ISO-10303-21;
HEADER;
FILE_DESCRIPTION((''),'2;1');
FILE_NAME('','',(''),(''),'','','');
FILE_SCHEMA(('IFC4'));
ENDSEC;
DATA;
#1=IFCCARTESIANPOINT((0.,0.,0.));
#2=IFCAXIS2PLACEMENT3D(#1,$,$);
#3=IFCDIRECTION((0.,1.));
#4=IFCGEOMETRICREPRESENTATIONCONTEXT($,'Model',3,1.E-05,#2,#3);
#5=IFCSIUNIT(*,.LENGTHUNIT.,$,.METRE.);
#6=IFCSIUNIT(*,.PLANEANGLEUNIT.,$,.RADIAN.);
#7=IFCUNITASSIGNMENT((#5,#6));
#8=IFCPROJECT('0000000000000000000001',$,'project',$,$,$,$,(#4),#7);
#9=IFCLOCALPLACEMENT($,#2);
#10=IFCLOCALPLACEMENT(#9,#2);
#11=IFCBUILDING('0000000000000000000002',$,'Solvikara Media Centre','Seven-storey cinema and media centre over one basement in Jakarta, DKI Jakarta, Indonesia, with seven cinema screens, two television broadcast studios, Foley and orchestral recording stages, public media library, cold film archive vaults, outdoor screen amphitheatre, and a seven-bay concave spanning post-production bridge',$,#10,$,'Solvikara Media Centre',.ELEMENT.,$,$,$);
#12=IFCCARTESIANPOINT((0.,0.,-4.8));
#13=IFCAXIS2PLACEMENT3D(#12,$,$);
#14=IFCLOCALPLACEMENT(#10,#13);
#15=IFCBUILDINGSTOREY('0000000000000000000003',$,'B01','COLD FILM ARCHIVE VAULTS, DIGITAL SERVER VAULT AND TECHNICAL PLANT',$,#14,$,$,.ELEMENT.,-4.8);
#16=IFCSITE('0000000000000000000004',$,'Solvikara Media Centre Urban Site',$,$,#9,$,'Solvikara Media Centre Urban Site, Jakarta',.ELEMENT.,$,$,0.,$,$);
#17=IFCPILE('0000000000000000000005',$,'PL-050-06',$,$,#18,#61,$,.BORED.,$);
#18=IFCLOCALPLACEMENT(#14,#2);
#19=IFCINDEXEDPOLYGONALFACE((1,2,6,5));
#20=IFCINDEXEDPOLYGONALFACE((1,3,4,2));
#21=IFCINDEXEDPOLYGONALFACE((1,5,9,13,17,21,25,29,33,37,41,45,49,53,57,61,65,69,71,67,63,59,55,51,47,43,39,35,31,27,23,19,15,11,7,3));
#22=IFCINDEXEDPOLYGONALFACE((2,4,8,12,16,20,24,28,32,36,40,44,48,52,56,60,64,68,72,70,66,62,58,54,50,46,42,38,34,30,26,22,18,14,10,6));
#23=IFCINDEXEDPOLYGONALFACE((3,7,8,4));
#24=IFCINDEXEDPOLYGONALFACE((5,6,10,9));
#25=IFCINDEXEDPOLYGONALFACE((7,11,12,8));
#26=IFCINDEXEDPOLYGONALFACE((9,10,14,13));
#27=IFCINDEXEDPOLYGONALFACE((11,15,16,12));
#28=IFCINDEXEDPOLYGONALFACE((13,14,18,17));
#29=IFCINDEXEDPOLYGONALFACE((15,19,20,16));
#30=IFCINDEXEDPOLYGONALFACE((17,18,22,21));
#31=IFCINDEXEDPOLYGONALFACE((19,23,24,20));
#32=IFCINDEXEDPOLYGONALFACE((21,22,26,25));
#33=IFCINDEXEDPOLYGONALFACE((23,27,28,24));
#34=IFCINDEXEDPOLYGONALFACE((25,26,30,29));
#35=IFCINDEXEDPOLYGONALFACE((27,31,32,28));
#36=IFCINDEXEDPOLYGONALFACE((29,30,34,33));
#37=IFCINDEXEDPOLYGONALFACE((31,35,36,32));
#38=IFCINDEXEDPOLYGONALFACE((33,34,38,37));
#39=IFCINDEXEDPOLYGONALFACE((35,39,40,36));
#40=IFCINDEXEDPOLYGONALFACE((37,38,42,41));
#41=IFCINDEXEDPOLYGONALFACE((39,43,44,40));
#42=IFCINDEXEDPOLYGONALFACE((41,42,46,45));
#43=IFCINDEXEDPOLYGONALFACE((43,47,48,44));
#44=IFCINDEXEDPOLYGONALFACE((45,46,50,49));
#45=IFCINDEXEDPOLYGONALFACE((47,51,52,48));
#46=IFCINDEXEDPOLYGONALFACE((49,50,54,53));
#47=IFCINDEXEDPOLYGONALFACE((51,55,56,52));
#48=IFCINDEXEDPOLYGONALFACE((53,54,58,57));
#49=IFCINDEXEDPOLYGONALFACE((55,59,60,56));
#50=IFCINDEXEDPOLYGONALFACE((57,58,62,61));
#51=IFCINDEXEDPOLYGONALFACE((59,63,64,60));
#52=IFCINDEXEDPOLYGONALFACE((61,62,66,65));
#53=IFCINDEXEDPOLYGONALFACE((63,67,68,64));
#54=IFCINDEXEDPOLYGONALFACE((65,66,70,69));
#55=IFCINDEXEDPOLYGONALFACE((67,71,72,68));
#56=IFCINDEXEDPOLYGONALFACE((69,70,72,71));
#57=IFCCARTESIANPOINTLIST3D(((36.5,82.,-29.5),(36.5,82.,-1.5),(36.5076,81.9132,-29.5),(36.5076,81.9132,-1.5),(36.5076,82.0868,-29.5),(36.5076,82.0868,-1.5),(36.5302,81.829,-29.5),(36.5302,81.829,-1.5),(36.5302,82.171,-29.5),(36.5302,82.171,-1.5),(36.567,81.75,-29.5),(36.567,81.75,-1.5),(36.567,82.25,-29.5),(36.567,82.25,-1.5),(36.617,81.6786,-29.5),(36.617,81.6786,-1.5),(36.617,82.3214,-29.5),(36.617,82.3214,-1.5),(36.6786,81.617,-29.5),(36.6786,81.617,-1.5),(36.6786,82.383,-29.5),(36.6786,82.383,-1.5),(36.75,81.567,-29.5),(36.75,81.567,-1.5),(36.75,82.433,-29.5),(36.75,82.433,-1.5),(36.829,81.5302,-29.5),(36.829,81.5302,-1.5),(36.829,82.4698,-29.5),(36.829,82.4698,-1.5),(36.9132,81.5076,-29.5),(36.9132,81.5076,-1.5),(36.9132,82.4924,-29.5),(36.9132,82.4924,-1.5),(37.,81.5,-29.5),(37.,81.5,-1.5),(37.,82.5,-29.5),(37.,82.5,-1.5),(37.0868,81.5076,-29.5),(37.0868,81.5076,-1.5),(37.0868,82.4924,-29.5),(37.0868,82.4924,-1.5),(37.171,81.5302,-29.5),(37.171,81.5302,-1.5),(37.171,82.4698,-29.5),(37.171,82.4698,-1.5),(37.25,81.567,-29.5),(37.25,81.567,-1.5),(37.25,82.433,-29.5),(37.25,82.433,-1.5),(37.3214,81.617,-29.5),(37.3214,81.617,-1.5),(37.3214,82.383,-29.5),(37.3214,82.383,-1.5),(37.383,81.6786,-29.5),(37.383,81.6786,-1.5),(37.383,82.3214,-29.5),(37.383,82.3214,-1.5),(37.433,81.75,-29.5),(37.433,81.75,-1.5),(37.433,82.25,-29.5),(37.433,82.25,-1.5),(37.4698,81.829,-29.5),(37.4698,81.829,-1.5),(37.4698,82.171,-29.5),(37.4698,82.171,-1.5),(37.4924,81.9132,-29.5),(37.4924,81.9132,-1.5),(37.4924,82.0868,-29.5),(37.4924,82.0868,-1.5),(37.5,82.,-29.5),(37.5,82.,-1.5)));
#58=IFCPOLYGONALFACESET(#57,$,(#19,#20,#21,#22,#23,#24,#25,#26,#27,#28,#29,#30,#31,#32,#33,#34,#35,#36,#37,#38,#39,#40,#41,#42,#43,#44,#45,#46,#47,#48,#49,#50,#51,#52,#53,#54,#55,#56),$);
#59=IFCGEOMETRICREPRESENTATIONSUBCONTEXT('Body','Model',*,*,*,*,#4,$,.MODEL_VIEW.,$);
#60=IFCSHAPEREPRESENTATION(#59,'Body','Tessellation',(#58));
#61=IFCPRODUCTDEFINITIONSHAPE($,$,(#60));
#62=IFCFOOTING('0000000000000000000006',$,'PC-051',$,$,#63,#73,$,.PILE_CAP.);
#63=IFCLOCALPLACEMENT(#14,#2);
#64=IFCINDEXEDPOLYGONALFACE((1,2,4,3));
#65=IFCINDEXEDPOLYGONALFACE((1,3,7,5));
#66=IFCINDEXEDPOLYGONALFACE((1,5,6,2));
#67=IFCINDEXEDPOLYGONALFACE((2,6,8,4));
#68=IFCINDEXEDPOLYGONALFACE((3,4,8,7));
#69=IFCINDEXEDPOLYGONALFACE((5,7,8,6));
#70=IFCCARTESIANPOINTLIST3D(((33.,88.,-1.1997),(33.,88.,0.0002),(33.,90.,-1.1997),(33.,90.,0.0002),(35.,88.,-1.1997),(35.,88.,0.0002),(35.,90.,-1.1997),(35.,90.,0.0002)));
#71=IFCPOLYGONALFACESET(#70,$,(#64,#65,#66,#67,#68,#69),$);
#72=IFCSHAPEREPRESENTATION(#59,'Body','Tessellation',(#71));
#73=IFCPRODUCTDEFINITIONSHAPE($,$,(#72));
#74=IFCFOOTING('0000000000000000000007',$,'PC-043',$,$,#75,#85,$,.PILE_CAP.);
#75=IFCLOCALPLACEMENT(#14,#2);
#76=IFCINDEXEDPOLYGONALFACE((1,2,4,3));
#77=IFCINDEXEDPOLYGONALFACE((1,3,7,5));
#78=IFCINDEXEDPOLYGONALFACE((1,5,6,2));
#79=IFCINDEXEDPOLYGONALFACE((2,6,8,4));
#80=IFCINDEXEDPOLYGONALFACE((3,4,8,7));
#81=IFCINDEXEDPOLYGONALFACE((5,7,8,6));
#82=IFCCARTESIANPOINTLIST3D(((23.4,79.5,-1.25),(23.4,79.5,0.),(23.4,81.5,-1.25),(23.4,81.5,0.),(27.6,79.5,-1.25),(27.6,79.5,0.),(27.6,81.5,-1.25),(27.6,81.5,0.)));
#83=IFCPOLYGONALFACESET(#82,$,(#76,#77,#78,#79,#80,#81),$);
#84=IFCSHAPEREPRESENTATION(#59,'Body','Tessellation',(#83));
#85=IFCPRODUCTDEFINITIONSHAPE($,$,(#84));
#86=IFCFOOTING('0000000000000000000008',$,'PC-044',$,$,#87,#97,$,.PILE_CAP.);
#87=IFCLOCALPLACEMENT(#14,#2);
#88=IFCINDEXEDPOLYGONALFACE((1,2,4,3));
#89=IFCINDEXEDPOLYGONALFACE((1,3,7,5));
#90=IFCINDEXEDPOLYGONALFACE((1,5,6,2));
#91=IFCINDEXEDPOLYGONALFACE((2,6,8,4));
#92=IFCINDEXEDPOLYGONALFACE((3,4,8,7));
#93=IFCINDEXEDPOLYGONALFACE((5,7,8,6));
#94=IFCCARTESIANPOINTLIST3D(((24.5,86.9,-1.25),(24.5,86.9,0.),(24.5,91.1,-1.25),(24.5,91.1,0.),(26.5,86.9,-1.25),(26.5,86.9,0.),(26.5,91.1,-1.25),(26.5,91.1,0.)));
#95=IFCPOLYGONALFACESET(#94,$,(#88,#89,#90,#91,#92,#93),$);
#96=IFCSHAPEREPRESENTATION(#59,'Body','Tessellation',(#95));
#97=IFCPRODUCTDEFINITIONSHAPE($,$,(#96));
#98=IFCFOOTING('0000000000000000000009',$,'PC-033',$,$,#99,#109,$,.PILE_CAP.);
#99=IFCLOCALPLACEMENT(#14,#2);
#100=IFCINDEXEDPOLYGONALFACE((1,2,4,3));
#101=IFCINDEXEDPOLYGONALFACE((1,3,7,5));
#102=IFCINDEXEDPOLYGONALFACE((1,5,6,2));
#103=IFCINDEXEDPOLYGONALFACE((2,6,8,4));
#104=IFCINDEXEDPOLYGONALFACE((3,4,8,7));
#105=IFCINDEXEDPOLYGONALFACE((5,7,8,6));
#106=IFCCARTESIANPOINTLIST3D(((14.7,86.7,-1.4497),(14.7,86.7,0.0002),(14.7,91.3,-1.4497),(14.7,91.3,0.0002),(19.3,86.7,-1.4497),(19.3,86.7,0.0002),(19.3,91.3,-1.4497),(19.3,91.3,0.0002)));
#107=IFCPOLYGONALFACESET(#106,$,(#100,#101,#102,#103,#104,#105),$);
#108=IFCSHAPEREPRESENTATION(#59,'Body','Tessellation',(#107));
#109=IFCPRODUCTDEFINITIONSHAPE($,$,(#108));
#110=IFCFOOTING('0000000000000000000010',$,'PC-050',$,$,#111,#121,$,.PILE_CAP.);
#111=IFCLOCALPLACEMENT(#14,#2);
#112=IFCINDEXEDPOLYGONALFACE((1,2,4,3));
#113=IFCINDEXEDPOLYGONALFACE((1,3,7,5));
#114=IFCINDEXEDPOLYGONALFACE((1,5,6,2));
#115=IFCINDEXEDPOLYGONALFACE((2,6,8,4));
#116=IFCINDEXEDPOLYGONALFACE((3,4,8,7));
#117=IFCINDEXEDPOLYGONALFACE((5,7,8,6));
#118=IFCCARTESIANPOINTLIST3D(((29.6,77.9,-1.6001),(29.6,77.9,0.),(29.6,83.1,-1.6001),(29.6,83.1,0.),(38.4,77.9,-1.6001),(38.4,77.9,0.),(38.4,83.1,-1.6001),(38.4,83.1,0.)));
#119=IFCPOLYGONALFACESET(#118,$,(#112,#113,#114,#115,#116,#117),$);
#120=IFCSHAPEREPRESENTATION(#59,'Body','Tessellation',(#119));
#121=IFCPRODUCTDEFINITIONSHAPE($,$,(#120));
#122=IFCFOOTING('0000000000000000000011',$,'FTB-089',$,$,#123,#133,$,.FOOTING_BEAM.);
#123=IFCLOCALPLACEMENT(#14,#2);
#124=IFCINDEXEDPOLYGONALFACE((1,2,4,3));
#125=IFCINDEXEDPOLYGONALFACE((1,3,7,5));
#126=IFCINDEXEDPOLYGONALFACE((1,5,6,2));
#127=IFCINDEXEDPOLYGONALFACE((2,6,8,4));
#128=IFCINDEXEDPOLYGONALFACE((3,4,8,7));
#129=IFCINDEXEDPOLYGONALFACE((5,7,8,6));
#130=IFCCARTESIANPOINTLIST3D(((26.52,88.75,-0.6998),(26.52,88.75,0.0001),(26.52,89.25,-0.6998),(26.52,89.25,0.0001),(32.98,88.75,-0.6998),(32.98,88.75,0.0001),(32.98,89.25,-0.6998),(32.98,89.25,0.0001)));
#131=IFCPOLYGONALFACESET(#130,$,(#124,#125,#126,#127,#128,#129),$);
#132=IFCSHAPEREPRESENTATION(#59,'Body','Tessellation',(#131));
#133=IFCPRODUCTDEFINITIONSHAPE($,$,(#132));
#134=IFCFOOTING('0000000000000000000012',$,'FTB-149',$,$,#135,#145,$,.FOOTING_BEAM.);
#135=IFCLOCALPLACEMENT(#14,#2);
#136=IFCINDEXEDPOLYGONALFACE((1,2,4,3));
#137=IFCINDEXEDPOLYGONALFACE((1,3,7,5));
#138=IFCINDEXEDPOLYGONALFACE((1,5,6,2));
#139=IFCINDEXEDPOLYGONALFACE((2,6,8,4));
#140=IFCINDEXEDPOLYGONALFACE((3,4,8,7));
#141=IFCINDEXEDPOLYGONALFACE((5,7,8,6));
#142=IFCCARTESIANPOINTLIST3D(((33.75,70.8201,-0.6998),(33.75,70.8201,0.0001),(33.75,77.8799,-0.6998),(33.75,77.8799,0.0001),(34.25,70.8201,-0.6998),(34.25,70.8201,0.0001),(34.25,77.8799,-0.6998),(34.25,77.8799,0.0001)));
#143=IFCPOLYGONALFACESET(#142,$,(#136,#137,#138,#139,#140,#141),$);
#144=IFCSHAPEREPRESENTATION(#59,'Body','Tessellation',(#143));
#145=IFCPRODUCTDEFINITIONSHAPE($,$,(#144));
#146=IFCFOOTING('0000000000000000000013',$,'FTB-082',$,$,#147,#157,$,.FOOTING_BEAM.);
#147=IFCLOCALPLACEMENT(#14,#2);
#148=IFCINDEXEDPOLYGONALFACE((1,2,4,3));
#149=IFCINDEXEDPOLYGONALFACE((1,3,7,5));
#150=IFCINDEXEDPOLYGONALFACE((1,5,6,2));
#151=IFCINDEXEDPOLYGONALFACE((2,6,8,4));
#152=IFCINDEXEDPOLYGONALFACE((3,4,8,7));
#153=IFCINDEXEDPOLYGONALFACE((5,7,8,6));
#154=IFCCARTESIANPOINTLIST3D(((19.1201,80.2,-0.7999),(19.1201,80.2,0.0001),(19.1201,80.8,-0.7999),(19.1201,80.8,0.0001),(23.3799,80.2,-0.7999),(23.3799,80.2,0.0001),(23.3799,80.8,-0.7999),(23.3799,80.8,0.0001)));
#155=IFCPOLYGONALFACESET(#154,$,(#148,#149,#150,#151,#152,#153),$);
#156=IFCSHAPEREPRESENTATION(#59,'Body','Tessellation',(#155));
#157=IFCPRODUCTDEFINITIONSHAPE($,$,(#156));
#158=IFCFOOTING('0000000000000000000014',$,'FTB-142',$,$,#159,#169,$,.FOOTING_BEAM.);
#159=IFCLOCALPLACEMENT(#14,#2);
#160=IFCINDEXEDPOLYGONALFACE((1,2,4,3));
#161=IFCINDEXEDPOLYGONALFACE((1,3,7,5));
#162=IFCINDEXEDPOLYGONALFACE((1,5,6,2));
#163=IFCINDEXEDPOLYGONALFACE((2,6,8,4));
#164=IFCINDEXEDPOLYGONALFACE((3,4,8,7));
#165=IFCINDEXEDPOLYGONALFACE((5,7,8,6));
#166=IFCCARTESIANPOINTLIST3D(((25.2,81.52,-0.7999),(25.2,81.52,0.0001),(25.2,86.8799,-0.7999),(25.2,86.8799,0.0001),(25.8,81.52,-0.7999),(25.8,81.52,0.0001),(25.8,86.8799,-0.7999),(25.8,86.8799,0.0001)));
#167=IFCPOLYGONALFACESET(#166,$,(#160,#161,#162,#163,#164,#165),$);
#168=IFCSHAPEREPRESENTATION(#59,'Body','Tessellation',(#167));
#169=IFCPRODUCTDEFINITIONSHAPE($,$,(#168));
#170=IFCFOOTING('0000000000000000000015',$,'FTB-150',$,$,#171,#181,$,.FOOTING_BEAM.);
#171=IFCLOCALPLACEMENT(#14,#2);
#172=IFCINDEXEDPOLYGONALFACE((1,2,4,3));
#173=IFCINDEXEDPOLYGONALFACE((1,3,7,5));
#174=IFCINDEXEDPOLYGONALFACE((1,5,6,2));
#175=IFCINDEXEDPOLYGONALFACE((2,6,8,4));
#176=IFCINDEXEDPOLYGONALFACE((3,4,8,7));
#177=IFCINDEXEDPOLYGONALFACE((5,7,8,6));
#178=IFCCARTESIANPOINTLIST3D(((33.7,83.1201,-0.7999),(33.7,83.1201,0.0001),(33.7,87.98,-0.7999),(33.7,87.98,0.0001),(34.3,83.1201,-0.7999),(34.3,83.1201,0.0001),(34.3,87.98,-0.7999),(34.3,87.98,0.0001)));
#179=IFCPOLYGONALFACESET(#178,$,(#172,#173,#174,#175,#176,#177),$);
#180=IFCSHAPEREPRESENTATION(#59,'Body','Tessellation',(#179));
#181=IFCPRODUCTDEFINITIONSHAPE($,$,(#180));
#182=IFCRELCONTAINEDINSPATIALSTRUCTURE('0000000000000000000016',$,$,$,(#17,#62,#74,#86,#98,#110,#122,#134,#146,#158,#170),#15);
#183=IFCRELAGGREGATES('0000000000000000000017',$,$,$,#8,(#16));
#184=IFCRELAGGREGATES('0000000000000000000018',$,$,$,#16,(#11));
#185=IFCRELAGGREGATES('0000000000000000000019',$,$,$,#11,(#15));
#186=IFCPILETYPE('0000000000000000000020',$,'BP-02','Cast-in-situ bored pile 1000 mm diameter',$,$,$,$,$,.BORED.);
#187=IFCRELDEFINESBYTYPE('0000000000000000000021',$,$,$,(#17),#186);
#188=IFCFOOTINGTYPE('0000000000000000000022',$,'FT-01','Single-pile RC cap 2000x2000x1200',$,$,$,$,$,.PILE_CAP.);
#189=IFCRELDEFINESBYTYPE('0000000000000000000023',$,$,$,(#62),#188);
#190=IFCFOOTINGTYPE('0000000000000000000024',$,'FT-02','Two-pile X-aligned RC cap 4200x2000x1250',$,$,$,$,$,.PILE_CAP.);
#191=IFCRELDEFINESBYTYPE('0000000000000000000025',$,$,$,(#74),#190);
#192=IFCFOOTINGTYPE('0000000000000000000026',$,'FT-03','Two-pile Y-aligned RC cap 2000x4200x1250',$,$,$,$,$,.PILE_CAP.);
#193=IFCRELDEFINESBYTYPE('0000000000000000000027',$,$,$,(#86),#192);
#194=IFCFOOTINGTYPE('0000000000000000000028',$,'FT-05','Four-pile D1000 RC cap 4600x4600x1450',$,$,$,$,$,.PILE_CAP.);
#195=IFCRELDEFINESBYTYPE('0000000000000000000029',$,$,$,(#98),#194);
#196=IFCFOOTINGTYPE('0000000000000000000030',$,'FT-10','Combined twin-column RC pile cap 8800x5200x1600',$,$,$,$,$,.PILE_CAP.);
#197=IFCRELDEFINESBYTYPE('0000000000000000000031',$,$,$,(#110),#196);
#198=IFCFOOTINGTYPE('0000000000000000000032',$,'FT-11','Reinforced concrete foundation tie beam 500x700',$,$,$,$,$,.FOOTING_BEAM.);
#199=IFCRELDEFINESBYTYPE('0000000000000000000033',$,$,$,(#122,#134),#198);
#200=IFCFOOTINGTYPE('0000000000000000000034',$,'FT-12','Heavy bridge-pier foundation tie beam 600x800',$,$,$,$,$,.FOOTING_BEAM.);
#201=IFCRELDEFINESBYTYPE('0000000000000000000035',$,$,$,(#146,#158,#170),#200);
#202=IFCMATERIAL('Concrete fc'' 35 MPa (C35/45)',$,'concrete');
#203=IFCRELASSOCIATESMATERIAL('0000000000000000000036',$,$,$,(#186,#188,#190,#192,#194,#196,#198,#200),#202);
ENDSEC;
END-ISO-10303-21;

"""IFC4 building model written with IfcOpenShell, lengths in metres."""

from ifc_helpers import new_model, si_unit, direction, frame, origin, origin_2d, place, context, subcontext, project, spatial, rectangle, circle, extrude, material, material_profile, profile_set, type_object, element, save


model = new_model("IFC4")

# Units and contexts
model_context = context("Model", 3, precision=1e-05, world=origin(), true_north=direction((0.0, 1.0)))
body_context = subcontext(model_context, "Body", "Model", "MODEL_VIEW")
ifc_project = project(units=[si_unit("LENGTHUNIT", "METRE"), si_unit("PLANEANGLEUNIT", "RADIAN")], contexts=[model_context])

# Site, building, storey
site_placement = place(None, origin())
site = spatial("IfcSite", under=ifc_project, at=site_placement, Name="Solvikara Media Centre Urban Site", LongName="Solvikara Media Centre Urban Site, Jakarta", CompositionType="ELEMENT", RefElevation=0.0)
building_placement = place(site_placement, origin())
building = spatial("IfcBuilding", under=site, at=building_placement, Name="Solvikara Media Centre", Description="Seven-storey cinema and media centre over one basement in Jakarta, DKI Jakarta, Indonesia, with seven cinema screens, two television broadcast studios, Foley and orchestral recording stages, public media library, cold film archive vaults, outdoor screen amphitheatre, and a seven-bay concave spanning post-production bridge", LongName="Solvikara Media Centre", CompositionType="ELEMENT")
storey_placement = place(building_placement, frame((0.0, 0.0, -4.8)))
storey = spatial("IfcBuildingStorey", under=building, at=storey_placement, Name="B01", Description="COLD FILM ARCHIVE VAULTS, DIGITAL SERVER VAULT AND TECHNICAL PLANT", CompositionType="ELEMENT", Elevation=-4.8)

# Pile
ifc_material_1 = material(Name="Concrete fc' 35 MPa (C35/45)", Category="concrete")
ifc_material_profile_1 = material_profile(ifc_material_1, circle(Radius=0.5, at=origin_2d()), Name="BORED PILE D1000")
ifc_profile_set_1 = profile_set([ifc_material_profile_1], Name="Concrete fc' 35 MPa (C35/45)")
pile_type_1 = type_object("IfcPileType", Name="BP-02", Description="Cast-in-situ bored pile 1000 mm diameter", PredefinedType="BORED", material=ifc_profile_set_1)
for number, where, z_axis, x_axis, name in (
    (1, (37.0, 82.0, -1.5), (0.0, 0.0, -1.0), (1.0, 0.0, 0.0), "PL-050-06"),
):
    element("IfcPile", number, at=place(storey_placement, frame(where, z_axis=z_axis, x_axis=x_axis)), inside=storey, type_object=pile_type_1, Name=name, PredefinedType="BORED", context=body_context, shape_type="SweptSolid", body=[
        extrude(circle(Radius=0.5, at=origin_2d()), origin(), (0.0, 0.0, 1.0), 28.0),
    ])

# Footings
footing_type_1 = type_object("IfcFootingType", Name="FT-01", Description="Single-pile RC cap 2000x2000x1200", PredefinedType="PILE_CAP", material=ifc_material_1)
footing_1_placement = place(storey_placement, frame((34.0, 89.0, -1.1997), z_axis=(0.0, 0.0, 1.0), x_axis=(1.0, 0.0, 0.0)))
element("IfcFooting", 2, at=footing_1_placement, inside=storey, type_object=footing_type_1, Name="PC-051", PredefinedType="PILE_CAP", context=body_context, shape_type="SweptSolid", body=[
    extrude(rectangle(XDim=2.0, YDim=2.0, at=origin_2d()), origin(), (0.0, 0.0, 1.0), 1.2),
])
footing_type_2 = type_object("IfcFootingType", Name="FT-02", Description="Two-pile X-aligned RC cap 4200x2000x1250", PredefinedType="PILE_CAP", material=ifc_material_1)
footing_2_placement = place(storey_placement, frame((25.5, 80.5, -1.25), z_axis=(0.0, 0.0, 1.0), x_axis=(1.0, 0.0, 0.0)))
element("IfcFooting", 3, at=footing_2_placement, inside=storey, type_object=footing_type_2, Name="PC-043", PredefinedType="PILE_CAP", context=body_context, shape_type="SweptSolid", body=[
    extrude(rectangle(XDim=4.2, YDim=2.0, at=origin_2d()), origin(), (0.0, 0.0, 1.0), 1.25),
])
footing_type_3 = type_object("IfcFootingType", Name="FT-03", Description="Two-pile Y-aligned RC cap 2000x4200x1250", PredefinedType="PILE_CAP", material=ifc_material_1)
footing_3_placement = place(storey_placement, frame((25.5, 89.0, -1.25), z_axis=(0.0, 0.0, 1.0), x_axis=(1.0, 0.0, 0.0)))
element("IfcFooting", 4, at=footing_3_placement, inside=storey, type_object=footing_type_3, Name="PC-044", PredefinedType="PILE_CAP", context=body_context, shape_type="SweptSolid", body=[
    extrude(rectangle(XDim=2.0, YDim=4.2, at=origin_2d()), origin(), (0.0, 0.0, 1.0), 1.25),
])
footing_type_4 = type_object("IfcFootingType", Name="FT-05", Description="Four-pile D1000 RC cap 4600x4600x1450", PredefinedType="PILE_CAP", material=ifc_material_1)
footing_4_placement = place(storey_placement, frame((17.0, 89.0, -1.4497), z_axis=(0.0, 0.0, 1.0), x_axis=(1.0, 0.0, 0.0)))
element("IfcFooting", 5, at=footing_4_placement, inside=storey, type_object=footing_type_4, Name="PC-033", PredefinedType="PILE_CAP", context=body_context, shape_type="SweptSolid", body=[
    extrude(rectangle(XDim=4.6001, YDim=4.6001, at=origin_2d()), origin(), (0.0, 0.0, 1.0), 1.45),
])
footing_type_5 = type_object("IfcFootingType", Name="FT-10", Description="Combined twin-column RC pile cap 8800x5200x1600", PredefinedType="PILE_CAP", material=ifc_material_1)
footing_5_placement = place(storey_placement, frame((34.0, 80.5, -1.6001), z_axis=(0.0, 0.0, 1.0), x_axis=(1.0, 0.0, 0.0)))
element("IfcFooting", 6, at=footing_5_placement, inside=storey, type_object=footing_type_5, Name="PC-050", PredefinedType="PILE_CAP", context=body_context, shape_type="SweptSolid", body=[
    extrude(rectangle(XDim=8.8, YDim=5.2, at=origin_2d()), origin(), (0.0, 0.0, 1.0), 1.6001),
])
ifc_material_profile_2 = material_profile(ifc_material_1, rectangle(XDim=0.5, YDim=0.7, at=origin_2d()), Name="RC 500x700")
ifc_profile_set_2 = profile_set([ifc_material_profile_2], Name="Concrete fc' 35 MPa (C35/45)")
footing_type_6 = type_object("IfcFootingType", Name="FT-11", Description="Reinforced concrete foundation tie beam 500x700", PredefinedType="FOOTING_BEAM", material=ifc_profile_set_2)
footing_6_placement = place(storey_placement, frame((26.52, 89.0, -0.3499), z_axis=(1.0, 0.0, 0.0), x_axis=(0.0, 1.0, 0.0)))
element("IfcFooting", 7, at=footing_6_placement, inside=storey, type_object=footing_type_6, Name="FTB-089", PredefinedType="FOOTING_BEAM", context=body_context, shape_type="SweptSolid", body=[
    extrude(rectangle(XDim=0.5, YDim=0.7, at=origin_2d()), origin(), (0.0, 0.0, 1.0), 6.46),
])
footing_7_placement = place(storey_placement, frame((34.0, 70.8201, -0.3499), z_axis=(0.0, 1.0, 0.0), x_axis=(-1.0, 0.0, 0.0)))
element("IfcFooting", 8, at=footing_7_placement, inside=storey, type_object=footing_type_6, Name="FTB-149", PredefinedType="FOOTING_BEAM", context=body_context, shape_type="SweptSolid", body=[
    extrude(rectangle(XDim=0.5, YDim=0.7, at=origin_2d()), origin(), (0.0, 0.0, 1.0), 7.0598),
])
ifc_material_profile_3 = material_profile(ifc_material_1, rectangle(XDim=0.6001, YDim=0.8, at=origin_2d()), Name="RC 600x800")
ifc_profile_set_3 = profile_set([ifc_material_profile_3], Name="Concrete fc' 35 MPa (C35/45)")
footing_type_7 = type_object("IfcFootingType", Name="FT-12", Description="Heavy bridge-pier foundation tie beam 600x800", PredefinedType="FOOTING_BEAM", material=ifc_profile_set_3)
footing_8_placement = place(storey_placement, frame((19.1201, 80.5, -0.3999), z_axis=(1.0, 0.0, 0.0), x_axis=(0.0, 1.0, 0.0)))
element("IfcFooting", 9, at=footing_8_placement, inside=storey, type_object=footing_type_7, Name="FTB-082", PredefinedType="FOOTING_BEAM", context=body_context, shape_type="SweptSolid", body=[
    extrude(rectangle(XDim=0.6001, YDim=0.8, at=origin_2d()), origin(), (0.0, 0.0, 1.0), 4.2598),
])
footing_9_placement = place(storey_placement, frame((25.5, 81.52, -0.3999), z_axis=(0.0, 1.0, 0.0), x_axis=(-1.0, 0.0, 0.0)))
element("IfcFooting", 10, at=footing_9_placement, inside=storey, type_object=footing_type_7, Name="FTB-142", PredefinedType="FOOTING_BEAM", context=body_context, shape_type="SweptSolid", body=[
    extrude(rectangle(XDim=0.6001, YDim=0.8, at=origin_2d()), origin(), (0.0, 0.0, 1.0), 5.3599),
])
footing_10_placement = place(storey_placement, frame((34.0, 83.1201, -0.3999), z_axis=(0.0, 1.0, 0.0), x_axis=(-1.0, 0.0, 0.0)))
element("IfcFooting", 11, at=footing_10_placement, inside=storey, type_object=footing_type_7, Name="FTB-150", PredefinedType="FOOTING_BEAM", context=body_context, shape_type="SweptSolid", body=[
    extrude(rectangle(XDim=0.6001, YDim=0.8, at=origin_2d()), origin(), (0.0, 0.0, 1.0), 4.8599),
])

save(model, "model.ifc")
